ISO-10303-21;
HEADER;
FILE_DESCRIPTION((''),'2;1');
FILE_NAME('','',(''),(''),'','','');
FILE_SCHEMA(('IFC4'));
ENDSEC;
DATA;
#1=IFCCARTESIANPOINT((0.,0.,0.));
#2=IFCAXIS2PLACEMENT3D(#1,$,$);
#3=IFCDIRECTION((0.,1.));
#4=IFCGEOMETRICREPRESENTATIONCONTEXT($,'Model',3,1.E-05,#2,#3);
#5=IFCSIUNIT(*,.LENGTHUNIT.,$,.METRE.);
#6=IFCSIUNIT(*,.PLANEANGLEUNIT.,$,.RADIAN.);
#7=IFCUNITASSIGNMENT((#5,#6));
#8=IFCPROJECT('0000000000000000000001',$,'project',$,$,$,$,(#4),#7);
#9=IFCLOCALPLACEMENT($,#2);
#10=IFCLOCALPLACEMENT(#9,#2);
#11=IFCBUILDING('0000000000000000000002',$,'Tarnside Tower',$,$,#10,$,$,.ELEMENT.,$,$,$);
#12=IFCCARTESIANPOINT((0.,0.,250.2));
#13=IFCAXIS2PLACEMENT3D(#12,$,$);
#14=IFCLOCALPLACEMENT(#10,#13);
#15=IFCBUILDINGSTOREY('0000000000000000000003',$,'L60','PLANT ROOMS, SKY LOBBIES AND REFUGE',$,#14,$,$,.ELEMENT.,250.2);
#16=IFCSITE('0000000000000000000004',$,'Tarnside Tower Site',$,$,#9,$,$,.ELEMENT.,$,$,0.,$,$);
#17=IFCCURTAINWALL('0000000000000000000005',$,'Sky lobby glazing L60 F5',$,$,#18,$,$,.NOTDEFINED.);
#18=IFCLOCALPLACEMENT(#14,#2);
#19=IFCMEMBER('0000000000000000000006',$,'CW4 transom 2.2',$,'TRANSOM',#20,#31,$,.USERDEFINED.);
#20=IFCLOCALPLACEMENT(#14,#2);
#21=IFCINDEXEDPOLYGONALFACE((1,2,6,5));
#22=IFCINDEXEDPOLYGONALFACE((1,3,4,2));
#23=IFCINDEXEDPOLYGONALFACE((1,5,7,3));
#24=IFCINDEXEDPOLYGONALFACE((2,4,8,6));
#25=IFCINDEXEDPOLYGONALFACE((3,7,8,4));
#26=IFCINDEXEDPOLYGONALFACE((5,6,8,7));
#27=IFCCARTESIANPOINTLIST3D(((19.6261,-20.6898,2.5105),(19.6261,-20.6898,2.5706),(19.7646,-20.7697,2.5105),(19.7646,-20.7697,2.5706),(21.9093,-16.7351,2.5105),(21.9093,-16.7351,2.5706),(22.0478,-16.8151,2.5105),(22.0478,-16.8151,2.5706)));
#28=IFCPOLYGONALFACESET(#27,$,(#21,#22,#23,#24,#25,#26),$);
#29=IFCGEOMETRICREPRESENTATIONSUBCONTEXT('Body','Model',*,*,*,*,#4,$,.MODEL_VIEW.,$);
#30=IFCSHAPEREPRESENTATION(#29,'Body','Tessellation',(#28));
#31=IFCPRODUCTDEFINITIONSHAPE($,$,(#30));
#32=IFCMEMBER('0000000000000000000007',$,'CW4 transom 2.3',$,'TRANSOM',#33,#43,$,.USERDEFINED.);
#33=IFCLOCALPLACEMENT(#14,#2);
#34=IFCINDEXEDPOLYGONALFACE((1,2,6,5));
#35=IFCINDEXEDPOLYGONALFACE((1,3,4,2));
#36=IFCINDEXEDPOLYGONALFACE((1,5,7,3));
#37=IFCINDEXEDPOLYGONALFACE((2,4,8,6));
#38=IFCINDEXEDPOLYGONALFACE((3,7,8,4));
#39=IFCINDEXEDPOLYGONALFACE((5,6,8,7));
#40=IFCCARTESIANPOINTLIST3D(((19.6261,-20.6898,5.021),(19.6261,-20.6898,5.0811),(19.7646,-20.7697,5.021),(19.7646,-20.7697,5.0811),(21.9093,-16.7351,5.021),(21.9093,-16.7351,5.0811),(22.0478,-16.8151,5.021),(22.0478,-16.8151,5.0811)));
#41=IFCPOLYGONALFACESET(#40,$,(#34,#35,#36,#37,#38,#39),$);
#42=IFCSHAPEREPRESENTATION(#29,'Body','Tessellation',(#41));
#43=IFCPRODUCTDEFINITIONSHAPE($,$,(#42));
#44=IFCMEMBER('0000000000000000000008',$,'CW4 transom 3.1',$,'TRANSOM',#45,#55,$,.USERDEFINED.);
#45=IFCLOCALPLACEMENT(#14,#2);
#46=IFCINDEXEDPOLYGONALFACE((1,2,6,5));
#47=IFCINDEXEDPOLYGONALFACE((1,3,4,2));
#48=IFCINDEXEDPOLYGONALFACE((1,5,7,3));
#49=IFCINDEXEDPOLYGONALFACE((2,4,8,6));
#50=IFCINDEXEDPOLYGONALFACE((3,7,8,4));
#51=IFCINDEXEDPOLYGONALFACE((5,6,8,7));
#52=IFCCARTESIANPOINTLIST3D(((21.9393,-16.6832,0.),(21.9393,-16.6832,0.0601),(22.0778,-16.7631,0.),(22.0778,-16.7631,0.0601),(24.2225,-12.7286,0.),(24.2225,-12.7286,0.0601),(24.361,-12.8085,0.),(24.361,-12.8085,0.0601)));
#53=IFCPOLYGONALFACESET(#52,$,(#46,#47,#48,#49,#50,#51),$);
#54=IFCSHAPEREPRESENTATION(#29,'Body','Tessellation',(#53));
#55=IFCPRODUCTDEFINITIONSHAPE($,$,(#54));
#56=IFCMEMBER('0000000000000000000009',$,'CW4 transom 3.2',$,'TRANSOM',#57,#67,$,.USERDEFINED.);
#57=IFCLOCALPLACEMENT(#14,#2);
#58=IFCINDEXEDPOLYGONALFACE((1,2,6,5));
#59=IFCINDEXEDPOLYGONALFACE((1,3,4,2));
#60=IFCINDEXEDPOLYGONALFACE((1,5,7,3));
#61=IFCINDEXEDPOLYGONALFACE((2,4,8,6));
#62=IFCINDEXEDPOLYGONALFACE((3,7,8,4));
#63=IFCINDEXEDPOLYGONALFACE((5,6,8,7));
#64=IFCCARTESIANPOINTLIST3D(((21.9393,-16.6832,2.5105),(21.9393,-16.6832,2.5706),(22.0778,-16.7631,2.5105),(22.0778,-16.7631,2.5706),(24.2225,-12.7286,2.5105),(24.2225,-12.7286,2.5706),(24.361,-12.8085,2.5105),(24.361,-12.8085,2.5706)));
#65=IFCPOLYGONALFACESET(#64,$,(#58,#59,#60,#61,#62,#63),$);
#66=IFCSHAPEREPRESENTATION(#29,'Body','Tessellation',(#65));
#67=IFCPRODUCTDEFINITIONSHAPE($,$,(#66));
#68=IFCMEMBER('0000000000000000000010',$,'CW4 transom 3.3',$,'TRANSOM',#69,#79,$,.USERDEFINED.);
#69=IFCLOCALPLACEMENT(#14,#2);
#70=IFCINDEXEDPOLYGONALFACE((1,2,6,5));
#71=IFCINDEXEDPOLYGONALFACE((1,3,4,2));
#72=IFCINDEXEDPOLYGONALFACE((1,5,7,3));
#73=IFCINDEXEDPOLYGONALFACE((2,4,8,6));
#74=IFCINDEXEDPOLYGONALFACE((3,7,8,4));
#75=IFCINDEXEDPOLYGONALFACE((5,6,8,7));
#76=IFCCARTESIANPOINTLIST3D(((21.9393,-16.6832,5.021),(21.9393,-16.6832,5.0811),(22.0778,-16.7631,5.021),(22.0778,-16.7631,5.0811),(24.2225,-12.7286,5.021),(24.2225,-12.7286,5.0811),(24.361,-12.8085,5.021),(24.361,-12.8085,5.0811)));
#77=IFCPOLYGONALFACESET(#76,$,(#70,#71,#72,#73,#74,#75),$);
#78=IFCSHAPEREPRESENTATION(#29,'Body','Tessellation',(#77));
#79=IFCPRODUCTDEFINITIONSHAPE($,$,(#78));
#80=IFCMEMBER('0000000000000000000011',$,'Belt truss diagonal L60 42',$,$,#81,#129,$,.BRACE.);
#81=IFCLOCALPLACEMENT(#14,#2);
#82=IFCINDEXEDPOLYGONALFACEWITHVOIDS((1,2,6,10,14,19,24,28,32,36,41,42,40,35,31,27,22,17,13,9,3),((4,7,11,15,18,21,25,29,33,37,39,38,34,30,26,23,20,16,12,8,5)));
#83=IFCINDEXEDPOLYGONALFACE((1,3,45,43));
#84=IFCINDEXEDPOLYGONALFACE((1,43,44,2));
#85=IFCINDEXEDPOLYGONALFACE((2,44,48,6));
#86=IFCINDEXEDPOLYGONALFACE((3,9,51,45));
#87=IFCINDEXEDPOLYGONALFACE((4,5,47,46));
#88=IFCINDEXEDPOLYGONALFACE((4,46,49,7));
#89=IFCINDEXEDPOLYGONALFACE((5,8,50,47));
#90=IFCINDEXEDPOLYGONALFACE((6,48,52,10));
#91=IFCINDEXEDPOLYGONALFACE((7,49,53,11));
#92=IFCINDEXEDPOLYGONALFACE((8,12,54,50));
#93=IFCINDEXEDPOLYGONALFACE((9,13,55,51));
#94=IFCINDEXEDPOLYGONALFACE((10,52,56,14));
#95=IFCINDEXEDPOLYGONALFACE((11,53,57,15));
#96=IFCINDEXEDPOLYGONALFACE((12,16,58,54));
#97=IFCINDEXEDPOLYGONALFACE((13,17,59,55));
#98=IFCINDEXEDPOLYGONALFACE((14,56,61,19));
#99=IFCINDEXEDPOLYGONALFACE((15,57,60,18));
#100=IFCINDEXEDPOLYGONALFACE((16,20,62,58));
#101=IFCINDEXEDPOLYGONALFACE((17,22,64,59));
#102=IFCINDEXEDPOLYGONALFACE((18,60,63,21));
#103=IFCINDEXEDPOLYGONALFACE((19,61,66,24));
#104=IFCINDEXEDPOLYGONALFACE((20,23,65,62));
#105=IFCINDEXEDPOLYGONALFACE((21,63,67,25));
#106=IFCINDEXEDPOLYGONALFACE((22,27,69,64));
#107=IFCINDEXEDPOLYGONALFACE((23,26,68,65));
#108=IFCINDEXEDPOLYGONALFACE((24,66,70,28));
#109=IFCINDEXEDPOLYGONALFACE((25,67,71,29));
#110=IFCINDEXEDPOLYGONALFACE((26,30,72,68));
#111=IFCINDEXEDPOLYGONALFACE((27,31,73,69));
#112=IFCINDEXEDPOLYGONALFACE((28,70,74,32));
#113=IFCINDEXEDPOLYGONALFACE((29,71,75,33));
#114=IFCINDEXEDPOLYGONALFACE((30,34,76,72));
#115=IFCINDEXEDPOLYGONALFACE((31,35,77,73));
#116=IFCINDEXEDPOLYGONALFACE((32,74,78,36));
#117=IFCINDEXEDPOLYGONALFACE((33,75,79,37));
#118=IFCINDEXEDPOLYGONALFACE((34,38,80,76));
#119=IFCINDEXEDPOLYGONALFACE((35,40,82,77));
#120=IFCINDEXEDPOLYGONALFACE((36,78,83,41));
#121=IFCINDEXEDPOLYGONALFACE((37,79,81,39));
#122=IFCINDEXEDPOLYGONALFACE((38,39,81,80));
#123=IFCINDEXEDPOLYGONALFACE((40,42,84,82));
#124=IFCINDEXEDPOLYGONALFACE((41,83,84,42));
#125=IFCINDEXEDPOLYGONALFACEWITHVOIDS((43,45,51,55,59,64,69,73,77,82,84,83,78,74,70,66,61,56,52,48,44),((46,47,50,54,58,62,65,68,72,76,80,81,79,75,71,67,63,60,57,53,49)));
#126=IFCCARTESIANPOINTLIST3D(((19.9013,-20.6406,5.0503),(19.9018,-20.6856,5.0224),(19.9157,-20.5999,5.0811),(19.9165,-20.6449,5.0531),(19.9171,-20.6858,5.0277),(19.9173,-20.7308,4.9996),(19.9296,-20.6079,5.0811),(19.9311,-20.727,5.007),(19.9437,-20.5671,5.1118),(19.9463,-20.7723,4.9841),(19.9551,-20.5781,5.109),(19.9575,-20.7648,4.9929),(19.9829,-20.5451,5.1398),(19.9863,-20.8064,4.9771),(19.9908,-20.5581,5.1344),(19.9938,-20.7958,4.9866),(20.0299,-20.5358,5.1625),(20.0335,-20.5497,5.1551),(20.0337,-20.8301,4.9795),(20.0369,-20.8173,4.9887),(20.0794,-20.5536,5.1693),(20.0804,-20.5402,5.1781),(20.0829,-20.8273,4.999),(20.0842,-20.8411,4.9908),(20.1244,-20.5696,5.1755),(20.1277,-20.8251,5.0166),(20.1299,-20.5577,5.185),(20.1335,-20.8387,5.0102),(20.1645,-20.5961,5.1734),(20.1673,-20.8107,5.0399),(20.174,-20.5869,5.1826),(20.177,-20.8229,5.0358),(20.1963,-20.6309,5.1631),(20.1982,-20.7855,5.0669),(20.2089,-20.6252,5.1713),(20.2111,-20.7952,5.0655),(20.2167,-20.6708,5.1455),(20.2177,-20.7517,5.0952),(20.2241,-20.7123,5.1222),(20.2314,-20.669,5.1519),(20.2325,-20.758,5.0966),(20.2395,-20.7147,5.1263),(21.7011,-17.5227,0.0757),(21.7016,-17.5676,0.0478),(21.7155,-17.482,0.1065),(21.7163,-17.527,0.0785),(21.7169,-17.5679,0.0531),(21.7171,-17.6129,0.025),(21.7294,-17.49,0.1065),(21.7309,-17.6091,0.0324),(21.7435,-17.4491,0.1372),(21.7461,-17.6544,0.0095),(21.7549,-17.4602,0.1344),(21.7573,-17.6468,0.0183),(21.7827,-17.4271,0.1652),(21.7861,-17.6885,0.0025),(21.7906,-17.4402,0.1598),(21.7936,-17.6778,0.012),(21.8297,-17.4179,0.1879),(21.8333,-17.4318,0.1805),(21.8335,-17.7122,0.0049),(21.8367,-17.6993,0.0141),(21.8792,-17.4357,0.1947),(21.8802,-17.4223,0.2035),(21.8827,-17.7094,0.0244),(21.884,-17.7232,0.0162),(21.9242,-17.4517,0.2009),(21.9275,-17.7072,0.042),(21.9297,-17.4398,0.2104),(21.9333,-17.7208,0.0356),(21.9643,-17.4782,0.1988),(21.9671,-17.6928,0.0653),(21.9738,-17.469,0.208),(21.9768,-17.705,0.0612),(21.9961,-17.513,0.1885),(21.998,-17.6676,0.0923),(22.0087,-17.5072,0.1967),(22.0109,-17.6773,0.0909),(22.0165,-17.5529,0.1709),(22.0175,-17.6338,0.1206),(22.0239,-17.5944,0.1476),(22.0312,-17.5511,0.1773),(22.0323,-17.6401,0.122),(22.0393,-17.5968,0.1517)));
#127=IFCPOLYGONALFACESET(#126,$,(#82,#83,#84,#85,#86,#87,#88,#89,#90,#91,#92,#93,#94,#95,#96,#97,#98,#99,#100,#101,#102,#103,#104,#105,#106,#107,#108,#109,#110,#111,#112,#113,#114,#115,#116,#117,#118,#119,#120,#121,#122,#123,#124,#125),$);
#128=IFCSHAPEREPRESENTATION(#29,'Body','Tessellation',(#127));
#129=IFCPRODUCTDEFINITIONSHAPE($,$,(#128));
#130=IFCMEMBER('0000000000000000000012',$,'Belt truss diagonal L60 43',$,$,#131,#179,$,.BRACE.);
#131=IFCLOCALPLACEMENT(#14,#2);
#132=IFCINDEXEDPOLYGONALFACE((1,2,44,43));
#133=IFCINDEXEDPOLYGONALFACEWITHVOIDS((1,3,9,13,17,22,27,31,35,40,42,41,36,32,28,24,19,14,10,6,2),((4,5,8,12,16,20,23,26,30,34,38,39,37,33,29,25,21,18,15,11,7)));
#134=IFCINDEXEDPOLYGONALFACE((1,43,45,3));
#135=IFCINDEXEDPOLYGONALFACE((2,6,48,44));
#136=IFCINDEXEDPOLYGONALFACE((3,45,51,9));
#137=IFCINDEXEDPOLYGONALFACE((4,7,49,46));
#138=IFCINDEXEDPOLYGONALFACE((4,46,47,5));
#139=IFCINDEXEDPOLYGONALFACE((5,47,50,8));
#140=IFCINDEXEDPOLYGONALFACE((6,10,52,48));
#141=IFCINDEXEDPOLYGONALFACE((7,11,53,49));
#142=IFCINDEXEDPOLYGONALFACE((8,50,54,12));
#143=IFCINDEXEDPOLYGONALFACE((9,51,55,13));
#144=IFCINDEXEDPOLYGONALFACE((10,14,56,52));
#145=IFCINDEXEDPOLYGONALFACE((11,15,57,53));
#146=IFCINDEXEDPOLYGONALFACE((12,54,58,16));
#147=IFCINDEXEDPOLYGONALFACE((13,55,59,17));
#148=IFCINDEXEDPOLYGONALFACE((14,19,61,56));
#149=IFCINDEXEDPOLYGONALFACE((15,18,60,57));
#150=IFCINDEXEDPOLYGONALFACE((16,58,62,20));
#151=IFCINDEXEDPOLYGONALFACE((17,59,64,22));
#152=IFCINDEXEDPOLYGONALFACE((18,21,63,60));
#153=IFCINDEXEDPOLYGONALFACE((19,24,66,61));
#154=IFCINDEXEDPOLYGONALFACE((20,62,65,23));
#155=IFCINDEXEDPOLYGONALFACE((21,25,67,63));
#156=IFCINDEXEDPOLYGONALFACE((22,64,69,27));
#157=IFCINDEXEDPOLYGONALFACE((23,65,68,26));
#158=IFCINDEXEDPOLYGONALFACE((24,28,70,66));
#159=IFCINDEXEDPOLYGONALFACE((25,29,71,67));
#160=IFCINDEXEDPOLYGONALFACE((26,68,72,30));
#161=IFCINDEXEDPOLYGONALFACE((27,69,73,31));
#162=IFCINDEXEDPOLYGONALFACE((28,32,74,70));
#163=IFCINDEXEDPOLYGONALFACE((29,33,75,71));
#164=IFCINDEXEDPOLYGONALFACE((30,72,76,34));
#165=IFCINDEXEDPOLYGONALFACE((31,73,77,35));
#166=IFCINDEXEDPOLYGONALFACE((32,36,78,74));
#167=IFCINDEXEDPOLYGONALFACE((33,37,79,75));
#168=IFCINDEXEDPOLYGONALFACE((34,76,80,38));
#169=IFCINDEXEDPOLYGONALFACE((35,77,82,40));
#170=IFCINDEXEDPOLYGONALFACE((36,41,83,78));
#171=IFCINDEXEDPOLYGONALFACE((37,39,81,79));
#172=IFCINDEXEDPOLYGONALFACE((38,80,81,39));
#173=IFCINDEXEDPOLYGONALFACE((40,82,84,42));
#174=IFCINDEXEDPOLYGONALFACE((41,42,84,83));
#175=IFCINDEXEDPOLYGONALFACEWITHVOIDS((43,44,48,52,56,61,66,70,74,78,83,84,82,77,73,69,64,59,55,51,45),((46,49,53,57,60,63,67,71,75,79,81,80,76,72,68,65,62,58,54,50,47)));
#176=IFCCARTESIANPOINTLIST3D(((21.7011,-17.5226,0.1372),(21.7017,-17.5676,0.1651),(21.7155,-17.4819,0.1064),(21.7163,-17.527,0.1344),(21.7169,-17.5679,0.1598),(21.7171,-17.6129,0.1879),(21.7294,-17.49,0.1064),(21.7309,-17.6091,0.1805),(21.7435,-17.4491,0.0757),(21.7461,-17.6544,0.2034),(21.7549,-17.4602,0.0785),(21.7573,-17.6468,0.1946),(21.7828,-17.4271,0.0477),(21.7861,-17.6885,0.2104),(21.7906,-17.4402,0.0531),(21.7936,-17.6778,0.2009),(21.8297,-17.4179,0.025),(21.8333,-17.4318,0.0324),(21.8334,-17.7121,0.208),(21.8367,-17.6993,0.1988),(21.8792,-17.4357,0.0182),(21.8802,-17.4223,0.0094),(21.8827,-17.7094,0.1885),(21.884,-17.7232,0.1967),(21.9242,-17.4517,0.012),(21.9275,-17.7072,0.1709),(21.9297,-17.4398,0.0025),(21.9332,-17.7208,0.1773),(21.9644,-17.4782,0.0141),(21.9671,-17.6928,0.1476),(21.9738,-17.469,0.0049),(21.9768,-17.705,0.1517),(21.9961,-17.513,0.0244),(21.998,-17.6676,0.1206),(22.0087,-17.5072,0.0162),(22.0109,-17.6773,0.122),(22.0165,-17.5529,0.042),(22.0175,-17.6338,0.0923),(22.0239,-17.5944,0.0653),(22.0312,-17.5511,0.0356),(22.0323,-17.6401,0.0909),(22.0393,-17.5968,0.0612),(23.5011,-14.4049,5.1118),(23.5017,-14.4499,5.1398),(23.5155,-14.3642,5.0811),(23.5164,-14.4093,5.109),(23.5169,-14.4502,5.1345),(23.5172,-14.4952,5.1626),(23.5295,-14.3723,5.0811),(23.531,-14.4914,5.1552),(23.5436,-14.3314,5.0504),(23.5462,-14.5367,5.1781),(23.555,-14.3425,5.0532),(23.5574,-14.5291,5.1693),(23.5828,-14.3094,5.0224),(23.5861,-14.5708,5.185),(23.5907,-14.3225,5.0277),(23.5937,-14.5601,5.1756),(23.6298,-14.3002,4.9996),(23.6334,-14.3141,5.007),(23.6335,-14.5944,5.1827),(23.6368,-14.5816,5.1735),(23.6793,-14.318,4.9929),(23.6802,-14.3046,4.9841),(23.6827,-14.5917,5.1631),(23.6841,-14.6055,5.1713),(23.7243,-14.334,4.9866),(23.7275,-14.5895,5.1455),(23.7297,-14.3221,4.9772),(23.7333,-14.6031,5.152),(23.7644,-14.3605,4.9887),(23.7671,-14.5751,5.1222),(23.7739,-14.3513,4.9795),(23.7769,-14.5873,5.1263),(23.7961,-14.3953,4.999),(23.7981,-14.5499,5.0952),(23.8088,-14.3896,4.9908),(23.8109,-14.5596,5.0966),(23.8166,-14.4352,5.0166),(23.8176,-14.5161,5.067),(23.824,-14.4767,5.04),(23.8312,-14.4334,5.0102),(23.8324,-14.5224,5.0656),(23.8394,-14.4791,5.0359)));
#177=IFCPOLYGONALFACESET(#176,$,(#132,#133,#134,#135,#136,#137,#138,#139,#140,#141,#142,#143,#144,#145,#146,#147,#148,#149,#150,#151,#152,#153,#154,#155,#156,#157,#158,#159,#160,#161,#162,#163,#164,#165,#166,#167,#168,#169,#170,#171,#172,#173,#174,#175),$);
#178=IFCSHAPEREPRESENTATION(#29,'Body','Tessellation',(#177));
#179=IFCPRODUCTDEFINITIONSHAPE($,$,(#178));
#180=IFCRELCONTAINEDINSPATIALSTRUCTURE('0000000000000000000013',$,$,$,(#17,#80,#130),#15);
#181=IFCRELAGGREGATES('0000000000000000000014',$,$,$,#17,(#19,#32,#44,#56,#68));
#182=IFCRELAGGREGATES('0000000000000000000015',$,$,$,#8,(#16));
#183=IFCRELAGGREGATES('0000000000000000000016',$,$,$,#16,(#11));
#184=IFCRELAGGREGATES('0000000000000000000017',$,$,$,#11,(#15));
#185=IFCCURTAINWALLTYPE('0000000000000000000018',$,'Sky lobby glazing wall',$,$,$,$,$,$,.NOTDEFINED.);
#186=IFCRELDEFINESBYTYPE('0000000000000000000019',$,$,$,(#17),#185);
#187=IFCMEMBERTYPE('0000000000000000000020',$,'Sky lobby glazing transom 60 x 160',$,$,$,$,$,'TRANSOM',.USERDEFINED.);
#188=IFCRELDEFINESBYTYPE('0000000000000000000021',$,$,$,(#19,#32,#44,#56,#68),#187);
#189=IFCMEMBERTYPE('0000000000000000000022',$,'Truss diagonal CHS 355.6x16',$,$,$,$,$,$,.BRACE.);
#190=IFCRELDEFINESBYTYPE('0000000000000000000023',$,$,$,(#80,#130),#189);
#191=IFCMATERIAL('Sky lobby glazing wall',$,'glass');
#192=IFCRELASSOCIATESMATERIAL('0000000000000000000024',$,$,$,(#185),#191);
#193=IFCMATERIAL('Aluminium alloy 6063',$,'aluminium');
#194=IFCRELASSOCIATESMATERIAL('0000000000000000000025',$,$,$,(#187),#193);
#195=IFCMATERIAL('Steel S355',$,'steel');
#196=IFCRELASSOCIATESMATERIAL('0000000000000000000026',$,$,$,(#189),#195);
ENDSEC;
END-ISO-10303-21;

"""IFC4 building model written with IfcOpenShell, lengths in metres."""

from ifc_helpers import new_model, si_unit, direction, frame, origin, origin_2d, place, context, subcontext, project, spatial, rectangle, hollow_circle, extrude, material, material_profile, profile_set, type_object, element, aggregate, save


model = new_model("IFC4")

# Units and contexts
model_context = context("Model", 3, precision=1e-05, world=origin(), true_north=direction((0.0, 1.0)))
body_context = subcontext(model_context, "Body", "Model", "MODEL_VIEW")
ifc_project = project(units=[si_unit("LENGTHUNIT", "METRE"), si_unit("PLANEANGLEUNIT", "RADIAN")], contexts=[model_context])

# Site, building, storey
site_placement = place(None, origin())
site = spatial("IfcSite", under=ifc_project, at=site_placement, Name="Tarnside Tower Site", CompositionType="ELEMENT", RefElevation=0.0)
building_placement = place(site_placement, origin())
building = spatial("IfcBuilding", under=site, at=building_placement, Name="Tarnside Tower", CompositionType="ELEMENT")
storey_placement = place(building_placement, frame((0.0, 0.0, 250.2)))
storey = spatial("IfcBuildingStorey", under=building, at=storey_placement, Name="L60", Description="PLANT ROOMS, SKY LOBBIES AND REFUGE", CompositionType="ELEMENT", Elevation=250.2)

# Shared definitions
ifc_material_1 = material(Name="Steel S355", Category="steel")

# Curtain wall, members
ifc_material_2 = material(Name="Sky lobby glazing wall", Category="glass")
curtain_wall_type = type_object("IfcCurtainWallType", Name="Sky lobby glazing wall", PredefinedType="NOTDEFINED", material=ifc_material_2)
curtain_wall_placement = place(storey_placement, origin())
curtain_wall = element("IfcCurtainWall", 1, at=curtain_wall_placement, inside=storey, type_object=curtain_wall_type, Name="Sky lobby glazing L60 F5", PredefinedType="NOTDEFINED")
ifc_material_3 = material(Name="Aluminium alloy 6063", Category="aluminium")
ifc_material_profile_1 = material_profile(ifc_material_3, rectangle(XDim=0.1599, YDim=0.0601, at=origin_2d()), Name="Sky lobby glazing transom 60 x 160")
ifc_profile_set_1 = profile_set([ifc_material_profile_1], Name="Aluminium alloy 6063")
member_type_1 = type_object("IfcMemberType", Name="Sky lobby glazing transom 60 x 160", ElementType="TRANSOM", PredefinedType="USERDEFINED", material=ifc_profile_set_1)
member_1_placement = place(storey_placement, frame((19.6953, -20.7297, 2.5405), z_axis=(0.500003, 0.866024, 0.0), x_axis=(-0.866024, 0.500003, 0.0)))
member_1 = element("IfcMember", 2, at=member_1_placement, type_object=member_type_1, Name="CW4 transom 2.2", ObjectType="TRANSOM", PredefinedType="USERDEFINED", context=body_context, shape_type="SweptSolid", body=[
    extrude(rectangle(XDim=0.1599, YDim=0.0601, at=origin_2d()), origin(), (0.0, 0.0, 1.0), 4.5664),
])
member_2_placement = place(storey_placement, frame((19.6953, -20.7297, 5.051), z_axis=(0.500003, 0.866024, 0.0), x_axis=(-0.866024, 0.500003, 0.0)))
member_2 = element("IfcMember", 3, at=member_2_placement, type_object=member_type_1, Name="CW4 transom 2.3", ObjectType="TRANSOM", PredefinedType="USERDEFINED", context=body_context, shape_type="SweptSolid", body=[
    extrude(rectangle(XDim=0.1599, YDim=0.0601, at=origin_2d()), origin(), (0.0, 0.0, 1.0), 4.5664),
])
member_3_placement = place(storey_placement, frame((22.0085, -16.7231, 0.03), z_axis=(0.500003, 0.866024, 0.0), x_axis=(-0.866024, 0.500003, 0.0)))
member_3 = element("IfcMember", 4, at=member_3_placement, type_object=member_type_1, Name="CW4 transom 3.1", ObjectType="TRANSOM", PredefinedType="USERDEFINED", context=body_context, shape_type="SweptSolid", body=[
    extrude(rectangle(XDim=0.1599, YDim=0.0601, at=origin_2d()), origin(), (0.0, 0.0, 1.0), 4.5664),
])
member_4_placement = place(storey_placement, frame((22.0085, -16.7231, 2.5405), z_axis=(0.500003, 0.866024, 0.0), x_axis=(-0.866024, 0.500003, 0.0)))
member_4 = element("IfcMember", 5, at=member_4_placement, type_object=member_type_1, Name="CW4 transom 3.2", ObjectType="TRANSOM", PredefinedType="USERDEFINED", context=body_context, shape_type="SweptSolid", body=[
    extrude(rectangle(XDim=0.1599, YDim=0.0601, at=origin_2d()), origin(), (0.0, 0.0, 1.0), 4.5664),
])
member_5_placement = place(storey_placement, frame((22.0085, -16.7231, 5.051), z_axis=(0.500003, 0.866024, 0.0), x_axis=(-0.866024, 0.500003, 0.0)))
member_5 = element("IfcMember", 6, at=member_5_placement, type_object=member_type_1, Name="CW4 transom 3.3", ObjectType="TRANSOM", PredefinedType="USERDEFINED", context=body_context, shape_type="SweptSolid", body=[
    extrude(rectangle(XDim=0.1599, YDim=0.0601, at=origin_2d()), origin(), (0.0, 0.0, 1.0), 4.5664),
])

# Members
ifc_material_profile_2 = material_profile(ifc_material_1, hollow_circle(Radius=0.1777, WallThickness=0.0161, at=origin_2d()), Name="CHS 355.6x16")
ifc_profile_set_2 = profile_set([ifc_material_profile_2], Name="Steel S355")
member_type_2 = type_object("IfcMemberType", Name="Truss diagonal CHS 355.6x16", PredefinedType="BRACE", material=ifc_profile_set_2)
for number, where, z_axis, x_axis, name in (
    (7, (20.0696, -20.6887, 5.0811), (0.293097, 0.507752, -0.810113), (-0.866065, 0.499932, 0.0), "Belt truss diagonal L60 42"),
    (8, (21.8694, -17.5708, 0.1064), (0.29314, 0.507716, 0.810119), (-0.866018, 0.500012, 0.0), "Belt truss diagonal L60 43"),
):
    element("IfcMember", number, at=place(storey_placement, frame(where, z_axis=z_axis, x_axis=x_axis)), inside=storey, type_object=member_type_2, Name=name, PredefinedType="BRACE", context=body_context, shape_type="SweptSolid", body=[
        extrude(hollow_circle(Radius=0.1777, WallThickness=0.0161, at=origin_2d()), origin(), (0.0, 0.0, 1.0), 6.1406),
    ])

aggregate(curtain_wall, [member_1, member_2, member_3, member_4, member_5])

save(model, "model.ifc")
